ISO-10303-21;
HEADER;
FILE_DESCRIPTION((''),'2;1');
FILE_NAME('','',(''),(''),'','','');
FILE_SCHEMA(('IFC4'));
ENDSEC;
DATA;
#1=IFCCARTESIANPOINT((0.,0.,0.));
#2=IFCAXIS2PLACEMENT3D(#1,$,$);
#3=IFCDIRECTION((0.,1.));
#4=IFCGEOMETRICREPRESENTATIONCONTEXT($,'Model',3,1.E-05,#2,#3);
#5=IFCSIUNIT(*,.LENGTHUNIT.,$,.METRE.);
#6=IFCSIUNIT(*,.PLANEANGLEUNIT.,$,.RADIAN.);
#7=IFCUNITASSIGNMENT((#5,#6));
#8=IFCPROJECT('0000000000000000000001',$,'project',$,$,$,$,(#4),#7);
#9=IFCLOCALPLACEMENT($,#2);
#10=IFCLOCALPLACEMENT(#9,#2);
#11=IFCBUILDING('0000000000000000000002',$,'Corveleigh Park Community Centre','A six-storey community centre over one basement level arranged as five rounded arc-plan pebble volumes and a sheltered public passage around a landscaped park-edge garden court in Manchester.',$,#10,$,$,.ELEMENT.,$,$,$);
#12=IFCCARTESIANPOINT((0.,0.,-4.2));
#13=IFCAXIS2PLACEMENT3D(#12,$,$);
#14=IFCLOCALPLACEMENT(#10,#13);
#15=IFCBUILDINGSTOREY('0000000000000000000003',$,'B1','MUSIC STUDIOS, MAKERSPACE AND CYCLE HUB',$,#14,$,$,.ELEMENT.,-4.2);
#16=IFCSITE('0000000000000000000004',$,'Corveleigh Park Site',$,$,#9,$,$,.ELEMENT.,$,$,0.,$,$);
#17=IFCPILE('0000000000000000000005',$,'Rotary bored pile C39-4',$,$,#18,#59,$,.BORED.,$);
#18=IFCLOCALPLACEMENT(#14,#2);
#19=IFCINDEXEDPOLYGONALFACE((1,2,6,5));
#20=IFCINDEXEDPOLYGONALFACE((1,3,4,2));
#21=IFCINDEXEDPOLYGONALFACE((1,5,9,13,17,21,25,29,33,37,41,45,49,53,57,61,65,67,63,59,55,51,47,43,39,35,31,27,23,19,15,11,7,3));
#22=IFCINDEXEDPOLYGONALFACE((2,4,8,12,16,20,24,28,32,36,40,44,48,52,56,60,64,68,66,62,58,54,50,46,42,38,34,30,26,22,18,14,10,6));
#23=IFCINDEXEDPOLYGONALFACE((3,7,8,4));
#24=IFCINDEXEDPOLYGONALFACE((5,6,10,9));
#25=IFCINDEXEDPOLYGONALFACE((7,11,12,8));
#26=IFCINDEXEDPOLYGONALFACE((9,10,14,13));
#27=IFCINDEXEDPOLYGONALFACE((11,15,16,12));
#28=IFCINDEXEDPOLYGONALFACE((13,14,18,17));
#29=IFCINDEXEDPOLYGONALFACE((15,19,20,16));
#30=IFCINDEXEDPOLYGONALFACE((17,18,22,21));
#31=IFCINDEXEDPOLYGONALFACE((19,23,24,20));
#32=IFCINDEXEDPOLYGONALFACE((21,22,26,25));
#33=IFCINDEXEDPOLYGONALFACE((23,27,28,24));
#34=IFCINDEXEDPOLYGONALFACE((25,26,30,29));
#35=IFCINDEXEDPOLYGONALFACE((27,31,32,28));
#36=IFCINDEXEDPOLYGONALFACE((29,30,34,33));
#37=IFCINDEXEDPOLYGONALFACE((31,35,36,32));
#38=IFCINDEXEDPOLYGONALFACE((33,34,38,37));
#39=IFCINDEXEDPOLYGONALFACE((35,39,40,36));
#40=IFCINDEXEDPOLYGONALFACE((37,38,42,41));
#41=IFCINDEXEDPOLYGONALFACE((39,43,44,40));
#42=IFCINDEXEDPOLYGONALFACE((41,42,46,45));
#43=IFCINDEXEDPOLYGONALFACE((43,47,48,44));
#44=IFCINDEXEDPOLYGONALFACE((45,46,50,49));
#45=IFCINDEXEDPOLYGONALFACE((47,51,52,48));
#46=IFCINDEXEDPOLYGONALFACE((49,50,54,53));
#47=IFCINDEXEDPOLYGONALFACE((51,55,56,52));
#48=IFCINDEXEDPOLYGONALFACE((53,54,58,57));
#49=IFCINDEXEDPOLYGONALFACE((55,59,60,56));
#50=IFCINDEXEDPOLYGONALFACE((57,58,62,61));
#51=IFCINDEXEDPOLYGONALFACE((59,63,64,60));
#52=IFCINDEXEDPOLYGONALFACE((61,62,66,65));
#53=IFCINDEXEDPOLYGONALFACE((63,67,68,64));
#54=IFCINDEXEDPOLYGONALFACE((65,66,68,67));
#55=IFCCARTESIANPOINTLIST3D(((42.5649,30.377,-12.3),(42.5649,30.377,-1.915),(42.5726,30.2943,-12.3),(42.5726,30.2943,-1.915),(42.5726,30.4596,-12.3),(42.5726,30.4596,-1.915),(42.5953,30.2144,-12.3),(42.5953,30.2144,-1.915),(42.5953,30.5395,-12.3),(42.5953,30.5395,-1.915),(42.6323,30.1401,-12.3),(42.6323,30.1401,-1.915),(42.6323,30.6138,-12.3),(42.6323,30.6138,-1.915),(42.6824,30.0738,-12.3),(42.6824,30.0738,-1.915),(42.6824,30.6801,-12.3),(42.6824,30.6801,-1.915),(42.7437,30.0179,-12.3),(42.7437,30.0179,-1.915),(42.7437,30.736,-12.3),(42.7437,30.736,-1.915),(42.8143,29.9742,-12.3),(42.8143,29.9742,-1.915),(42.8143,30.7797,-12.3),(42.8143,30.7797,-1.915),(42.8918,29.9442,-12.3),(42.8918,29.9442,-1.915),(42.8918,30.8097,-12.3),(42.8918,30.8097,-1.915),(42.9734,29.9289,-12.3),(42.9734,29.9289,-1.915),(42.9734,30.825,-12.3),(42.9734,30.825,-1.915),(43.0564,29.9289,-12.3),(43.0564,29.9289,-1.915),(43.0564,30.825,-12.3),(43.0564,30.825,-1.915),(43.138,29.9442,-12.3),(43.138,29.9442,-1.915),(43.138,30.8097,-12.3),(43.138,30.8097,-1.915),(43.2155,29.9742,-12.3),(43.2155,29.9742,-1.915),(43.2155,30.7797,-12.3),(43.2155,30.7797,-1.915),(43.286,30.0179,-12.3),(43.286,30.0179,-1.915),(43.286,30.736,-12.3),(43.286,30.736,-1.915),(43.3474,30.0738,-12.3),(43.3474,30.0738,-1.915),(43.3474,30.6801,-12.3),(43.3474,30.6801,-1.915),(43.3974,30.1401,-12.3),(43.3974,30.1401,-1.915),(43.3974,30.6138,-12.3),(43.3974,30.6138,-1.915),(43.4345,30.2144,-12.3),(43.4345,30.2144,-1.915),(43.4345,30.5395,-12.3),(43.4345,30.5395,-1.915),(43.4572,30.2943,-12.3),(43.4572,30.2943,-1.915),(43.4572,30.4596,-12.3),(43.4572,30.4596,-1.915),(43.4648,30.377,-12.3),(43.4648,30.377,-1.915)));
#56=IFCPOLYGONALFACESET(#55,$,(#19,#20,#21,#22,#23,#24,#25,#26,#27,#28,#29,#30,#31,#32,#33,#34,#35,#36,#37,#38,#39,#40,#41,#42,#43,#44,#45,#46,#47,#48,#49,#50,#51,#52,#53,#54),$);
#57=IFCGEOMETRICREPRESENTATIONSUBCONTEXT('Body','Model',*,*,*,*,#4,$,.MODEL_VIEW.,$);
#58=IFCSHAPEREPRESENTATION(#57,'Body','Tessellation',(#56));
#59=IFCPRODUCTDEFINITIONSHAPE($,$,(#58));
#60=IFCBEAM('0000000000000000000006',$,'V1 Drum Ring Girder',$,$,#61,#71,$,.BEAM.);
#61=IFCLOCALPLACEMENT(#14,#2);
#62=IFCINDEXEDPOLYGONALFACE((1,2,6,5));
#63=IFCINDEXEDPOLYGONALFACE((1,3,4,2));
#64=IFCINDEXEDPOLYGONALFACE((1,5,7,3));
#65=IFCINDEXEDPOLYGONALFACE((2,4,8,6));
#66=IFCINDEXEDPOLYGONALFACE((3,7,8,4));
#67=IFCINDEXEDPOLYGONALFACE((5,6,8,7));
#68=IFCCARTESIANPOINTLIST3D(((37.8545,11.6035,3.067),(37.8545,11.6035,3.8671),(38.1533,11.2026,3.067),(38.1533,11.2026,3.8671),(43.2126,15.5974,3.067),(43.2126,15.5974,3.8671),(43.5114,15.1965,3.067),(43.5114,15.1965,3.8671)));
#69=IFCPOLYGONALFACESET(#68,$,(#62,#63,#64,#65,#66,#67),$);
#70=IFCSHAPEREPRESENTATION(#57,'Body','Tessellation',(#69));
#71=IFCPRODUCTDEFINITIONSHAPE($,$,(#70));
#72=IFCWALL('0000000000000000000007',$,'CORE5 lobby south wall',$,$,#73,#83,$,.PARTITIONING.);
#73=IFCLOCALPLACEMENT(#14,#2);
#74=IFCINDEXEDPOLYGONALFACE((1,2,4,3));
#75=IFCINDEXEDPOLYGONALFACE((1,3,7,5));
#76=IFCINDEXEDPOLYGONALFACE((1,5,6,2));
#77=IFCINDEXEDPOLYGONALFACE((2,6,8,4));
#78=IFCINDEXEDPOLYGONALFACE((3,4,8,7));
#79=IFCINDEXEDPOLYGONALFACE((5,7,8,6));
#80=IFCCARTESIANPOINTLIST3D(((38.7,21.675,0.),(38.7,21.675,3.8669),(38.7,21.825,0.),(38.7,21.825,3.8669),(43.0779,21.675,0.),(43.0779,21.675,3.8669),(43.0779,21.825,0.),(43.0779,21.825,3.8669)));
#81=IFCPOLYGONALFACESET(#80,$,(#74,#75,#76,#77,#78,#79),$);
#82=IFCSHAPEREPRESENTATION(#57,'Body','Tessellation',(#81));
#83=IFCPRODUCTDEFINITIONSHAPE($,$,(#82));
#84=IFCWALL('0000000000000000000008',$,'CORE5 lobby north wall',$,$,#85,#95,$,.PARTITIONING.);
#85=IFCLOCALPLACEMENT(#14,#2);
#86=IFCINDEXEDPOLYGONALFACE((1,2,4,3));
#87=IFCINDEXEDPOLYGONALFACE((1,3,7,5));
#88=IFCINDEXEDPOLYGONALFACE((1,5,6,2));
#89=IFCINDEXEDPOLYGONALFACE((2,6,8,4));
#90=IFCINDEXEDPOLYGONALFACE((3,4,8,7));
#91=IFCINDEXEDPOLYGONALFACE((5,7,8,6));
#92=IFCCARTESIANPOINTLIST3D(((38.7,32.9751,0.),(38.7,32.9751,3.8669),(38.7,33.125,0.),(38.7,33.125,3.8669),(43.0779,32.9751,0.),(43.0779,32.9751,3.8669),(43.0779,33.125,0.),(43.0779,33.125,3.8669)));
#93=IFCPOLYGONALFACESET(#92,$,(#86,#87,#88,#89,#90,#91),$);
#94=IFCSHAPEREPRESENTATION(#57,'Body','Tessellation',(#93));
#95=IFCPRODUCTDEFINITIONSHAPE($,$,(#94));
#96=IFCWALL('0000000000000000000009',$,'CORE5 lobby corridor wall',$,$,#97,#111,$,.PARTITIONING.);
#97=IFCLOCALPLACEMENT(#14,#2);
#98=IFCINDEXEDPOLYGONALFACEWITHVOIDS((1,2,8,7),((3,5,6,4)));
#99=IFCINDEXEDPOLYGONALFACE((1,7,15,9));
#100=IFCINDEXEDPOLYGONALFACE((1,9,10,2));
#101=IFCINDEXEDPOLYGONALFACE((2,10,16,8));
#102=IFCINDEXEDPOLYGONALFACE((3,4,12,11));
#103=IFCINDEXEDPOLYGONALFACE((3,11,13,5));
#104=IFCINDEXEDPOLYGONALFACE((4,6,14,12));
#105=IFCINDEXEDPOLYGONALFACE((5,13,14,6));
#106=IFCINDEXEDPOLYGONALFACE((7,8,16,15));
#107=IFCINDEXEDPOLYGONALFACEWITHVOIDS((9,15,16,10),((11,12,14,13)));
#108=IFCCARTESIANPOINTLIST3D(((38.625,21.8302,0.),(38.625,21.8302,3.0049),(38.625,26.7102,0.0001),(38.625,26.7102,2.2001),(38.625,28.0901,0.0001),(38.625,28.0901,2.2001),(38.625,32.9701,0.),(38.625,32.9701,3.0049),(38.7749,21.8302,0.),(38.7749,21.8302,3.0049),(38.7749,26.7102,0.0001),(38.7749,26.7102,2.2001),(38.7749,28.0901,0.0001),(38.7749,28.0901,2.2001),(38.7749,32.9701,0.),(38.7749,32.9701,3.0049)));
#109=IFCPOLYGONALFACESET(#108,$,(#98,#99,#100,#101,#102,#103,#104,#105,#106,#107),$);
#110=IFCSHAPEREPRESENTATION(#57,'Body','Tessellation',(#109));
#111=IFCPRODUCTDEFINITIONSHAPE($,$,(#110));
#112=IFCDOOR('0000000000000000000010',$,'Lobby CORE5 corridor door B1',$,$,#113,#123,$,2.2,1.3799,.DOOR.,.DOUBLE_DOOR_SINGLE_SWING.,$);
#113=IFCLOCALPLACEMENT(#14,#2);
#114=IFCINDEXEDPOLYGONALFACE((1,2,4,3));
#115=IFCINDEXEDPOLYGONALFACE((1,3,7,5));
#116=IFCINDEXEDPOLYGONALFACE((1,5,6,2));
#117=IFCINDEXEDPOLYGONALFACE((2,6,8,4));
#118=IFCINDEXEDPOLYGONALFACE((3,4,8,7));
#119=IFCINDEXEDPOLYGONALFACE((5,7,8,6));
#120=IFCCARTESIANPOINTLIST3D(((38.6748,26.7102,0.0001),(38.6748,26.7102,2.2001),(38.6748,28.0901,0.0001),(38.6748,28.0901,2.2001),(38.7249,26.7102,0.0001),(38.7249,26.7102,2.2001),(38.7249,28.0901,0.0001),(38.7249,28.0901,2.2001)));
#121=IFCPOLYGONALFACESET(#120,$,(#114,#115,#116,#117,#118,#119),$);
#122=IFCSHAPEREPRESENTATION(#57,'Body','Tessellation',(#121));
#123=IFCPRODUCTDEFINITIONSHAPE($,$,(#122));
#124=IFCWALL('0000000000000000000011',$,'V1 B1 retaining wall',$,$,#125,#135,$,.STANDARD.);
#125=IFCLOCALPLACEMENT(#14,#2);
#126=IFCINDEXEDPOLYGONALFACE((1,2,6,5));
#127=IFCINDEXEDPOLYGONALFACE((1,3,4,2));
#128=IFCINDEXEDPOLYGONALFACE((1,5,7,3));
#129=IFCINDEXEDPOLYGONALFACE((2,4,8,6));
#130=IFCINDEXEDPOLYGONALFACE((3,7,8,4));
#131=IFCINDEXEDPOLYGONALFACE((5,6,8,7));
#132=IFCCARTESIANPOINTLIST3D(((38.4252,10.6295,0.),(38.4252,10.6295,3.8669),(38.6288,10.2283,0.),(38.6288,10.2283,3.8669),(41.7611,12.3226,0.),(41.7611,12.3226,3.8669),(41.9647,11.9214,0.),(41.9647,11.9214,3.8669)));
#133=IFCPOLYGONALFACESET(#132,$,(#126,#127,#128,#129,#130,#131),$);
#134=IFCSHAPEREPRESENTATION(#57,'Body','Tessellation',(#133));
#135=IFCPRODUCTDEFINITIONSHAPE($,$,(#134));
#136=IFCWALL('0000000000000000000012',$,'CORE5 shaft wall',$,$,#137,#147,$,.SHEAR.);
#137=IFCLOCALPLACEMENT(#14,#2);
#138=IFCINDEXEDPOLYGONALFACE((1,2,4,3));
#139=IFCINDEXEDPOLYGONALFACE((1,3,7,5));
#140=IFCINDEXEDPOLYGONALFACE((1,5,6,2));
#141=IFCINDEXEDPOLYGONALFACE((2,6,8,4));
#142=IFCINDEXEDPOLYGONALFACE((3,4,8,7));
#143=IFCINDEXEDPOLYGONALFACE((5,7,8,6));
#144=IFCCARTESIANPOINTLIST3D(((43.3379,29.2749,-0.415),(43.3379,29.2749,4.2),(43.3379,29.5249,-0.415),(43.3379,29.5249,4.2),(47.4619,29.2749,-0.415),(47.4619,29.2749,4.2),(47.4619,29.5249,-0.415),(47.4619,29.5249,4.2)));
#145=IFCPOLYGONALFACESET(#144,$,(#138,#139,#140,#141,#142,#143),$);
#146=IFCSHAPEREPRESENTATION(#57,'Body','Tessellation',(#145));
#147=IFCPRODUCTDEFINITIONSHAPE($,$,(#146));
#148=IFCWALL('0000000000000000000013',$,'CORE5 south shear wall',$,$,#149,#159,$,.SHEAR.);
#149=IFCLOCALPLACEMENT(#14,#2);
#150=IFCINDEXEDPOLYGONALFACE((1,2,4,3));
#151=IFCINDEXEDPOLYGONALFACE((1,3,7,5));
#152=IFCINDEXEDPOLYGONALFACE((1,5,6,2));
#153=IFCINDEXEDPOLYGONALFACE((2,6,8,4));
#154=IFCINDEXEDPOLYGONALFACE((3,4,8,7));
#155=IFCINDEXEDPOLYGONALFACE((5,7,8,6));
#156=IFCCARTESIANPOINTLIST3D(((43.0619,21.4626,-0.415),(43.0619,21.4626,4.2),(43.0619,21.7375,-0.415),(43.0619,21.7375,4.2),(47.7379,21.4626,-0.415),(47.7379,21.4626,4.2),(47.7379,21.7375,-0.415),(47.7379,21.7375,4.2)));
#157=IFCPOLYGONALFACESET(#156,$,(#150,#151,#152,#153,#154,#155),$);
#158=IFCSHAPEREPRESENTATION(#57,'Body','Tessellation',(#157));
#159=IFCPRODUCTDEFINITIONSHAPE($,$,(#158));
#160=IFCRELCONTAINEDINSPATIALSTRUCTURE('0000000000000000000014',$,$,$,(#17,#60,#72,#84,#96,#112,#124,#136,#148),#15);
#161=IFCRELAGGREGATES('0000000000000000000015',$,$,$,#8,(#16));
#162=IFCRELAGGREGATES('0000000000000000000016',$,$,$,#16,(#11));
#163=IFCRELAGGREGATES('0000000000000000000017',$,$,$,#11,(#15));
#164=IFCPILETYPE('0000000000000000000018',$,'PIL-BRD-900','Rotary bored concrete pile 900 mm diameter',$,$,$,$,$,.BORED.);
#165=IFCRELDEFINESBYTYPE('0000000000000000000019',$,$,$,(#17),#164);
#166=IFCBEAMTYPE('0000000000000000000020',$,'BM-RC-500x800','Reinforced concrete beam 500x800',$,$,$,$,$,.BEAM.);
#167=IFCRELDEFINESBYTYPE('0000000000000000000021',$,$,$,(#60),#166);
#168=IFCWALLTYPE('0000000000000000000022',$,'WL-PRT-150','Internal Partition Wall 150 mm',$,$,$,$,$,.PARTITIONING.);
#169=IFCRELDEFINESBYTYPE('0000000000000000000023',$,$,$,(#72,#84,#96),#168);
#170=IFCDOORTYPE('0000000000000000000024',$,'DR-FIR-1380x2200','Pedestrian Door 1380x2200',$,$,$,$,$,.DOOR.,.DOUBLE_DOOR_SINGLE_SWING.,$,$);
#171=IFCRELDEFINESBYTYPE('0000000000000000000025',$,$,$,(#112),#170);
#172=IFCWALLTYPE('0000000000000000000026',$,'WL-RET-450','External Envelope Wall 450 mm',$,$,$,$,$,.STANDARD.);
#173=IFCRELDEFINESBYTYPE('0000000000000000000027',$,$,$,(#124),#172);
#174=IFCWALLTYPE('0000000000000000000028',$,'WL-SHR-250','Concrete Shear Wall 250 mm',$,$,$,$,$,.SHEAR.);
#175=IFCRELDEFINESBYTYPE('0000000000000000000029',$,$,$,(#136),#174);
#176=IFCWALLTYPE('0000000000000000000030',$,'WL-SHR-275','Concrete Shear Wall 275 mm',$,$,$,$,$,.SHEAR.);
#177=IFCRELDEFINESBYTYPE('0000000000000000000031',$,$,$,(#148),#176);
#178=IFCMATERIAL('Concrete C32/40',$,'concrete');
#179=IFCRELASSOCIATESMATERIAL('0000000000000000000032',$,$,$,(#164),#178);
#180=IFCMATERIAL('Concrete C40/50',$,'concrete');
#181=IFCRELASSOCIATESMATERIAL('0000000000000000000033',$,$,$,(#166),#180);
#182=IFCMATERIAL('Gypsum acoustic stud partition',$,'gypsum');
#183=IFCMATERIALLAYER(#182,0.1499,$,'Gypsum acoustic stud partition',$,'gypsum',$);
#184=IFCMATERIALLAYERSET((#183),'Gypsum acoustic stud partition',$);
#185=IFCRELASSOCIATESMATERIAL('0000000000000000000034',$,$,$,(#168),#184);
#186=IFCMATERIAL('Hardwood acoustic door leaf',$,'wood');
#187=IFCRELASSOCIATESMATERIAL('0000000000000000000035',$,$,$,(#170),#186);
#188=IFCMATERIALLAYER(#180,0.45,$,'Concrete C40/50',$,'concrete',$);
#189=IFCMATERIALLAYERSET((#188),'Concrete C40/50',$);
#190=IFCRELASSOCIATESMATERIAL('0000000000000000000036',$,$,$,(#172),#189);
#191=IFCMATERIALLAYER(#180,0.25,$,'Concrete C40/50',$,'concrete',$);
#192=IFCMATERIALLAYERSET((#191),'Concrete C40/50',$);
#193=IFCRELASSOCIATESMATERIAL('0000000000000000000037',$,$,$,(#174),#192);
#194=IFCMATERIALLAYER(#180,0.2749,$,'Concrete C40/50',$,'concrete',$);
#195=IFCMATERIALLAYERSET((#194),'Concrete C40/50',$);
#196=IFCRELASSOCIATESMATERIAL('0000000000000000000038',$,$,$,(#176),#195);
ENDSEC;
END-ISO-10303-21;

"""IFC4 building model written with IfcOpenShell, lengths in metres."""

from ifc_helpers import new_model, si_unit, direction, frame, frame_2d, origin, origin_2d, place, context, subcontext, project, spatial, rectangle, circle, extrude, material, layer, layer_set, material_profile, profile_set, type_object, element, fill, save


model = new_model("IFC4")

# Units and contexts
model_context = context("Model", 3, precision=1e-05, world=origin(), true_north=direction((0.0, 1.0)))
body_context = subcontext(model_context, "Body", "Model", "MODEL_VIEW")
ifc_project = project(units=[si_unit("LENGTHUNIT", "METRE"), si_unit("PLANEANGLEUNIT", "RADIAN")], contexts=[model_context])

# Site, building, storey
site_placement = place(None, origin())
site = spatial("IfcSite", under=ifc_project, at=site_placement, Name="Corveleigh Park Site", CompositionType="ELEMENT", RefElevation=0.0)
building_placement = place(site_placement, origin())
building = spatial("IfcBuilding", under=site, at=building_placement, Name="Corveleigh Park Community Centre", Description="A six-storey community centre over one basement level arranged as five rounded arc-plan pebble volumes and a sheltered public passage around a landscaped park-edge garden court in Manchester.", CompositionType="ELEMENT")
storey_placement = place(building_placement, frame((0.0, 0.0, -4.2)))
storey = spatial("IfcBuildingStorey", under=building, at=storey_placement, Name="B1", Description="MUSIC STUDIOS, MAKERSPACE AND CYCLE HUB", CompositionType="ELEMENT", Elevation=-4.2)

# Shared definitions
ifc_material_1 = material(Name="Concrete C40/50", Category="concrete")

# Pile
ifc_material_2 = material(Name="Concrete C32/40", Category="concrete")
ifc_material_profile_1 = material_profile(ifc_material_2, circle(Radius=0.45, at=origin_2d()), Name="BORED-PILE-900", Category="concrete")
ifc_profile_set_1 = profile_set([ifc_material_profile_1], Name="Concrete C32/40")
pile_type_1 = type_object("IfcPileType", Name="PIL-BRD-900", Description="Rotary bored concrete pile 900 mm diameter", PredefinedType="BORED", material=ifc_profile_set_1)
for number, where, z_axis, x_axis, name in (
    (1, (43.0149, 30.377, -1.915), (0.0, 0.0, -1.0), (1.0, 0.0, 0.0), "Rotary bored pile C39-4"),
):
    element("IfcPile", number, at=place(storey_placement, frame(where, z_axis=z_axis, x_axis=x_axis)), inside=storey, type_object=pile_type_1, Name=name, PredefinedType="BORED", context=body_context, shape_type="SweptSolid", body=[
        extrude(circle(Radius=0.45, at=origin_2d()), origin(), (0.0, 0.0, 1.0), 10.385),
    ])

# Beam
ifc_material_profile_2 = material_profile(ifc_material_1, rectangle(XDim=0.5, YDim=0.8, at=origin_2d()), Name="RC-500x800", Category="concrete")
ifc_profile_set_2 = profile_set([ifc_material_profile_2], Name="Concrete C40/50")
beam_type = type_object("IfcBeamType", Name="BM-RC-500x800", Description="Reinforced concrete beam 500x800", PredefinedType="BEAM", material=ifc_profile_set_2)
beam_placement = place(storey_placement, frame((38.0039, 11.4031, 3.467), z_axis=(0.801772, 0.59763, 0.0), x_axis=(-0.59763, 0.801772, 0.0)))
element("IfcBeam", 2, at=beam_placement, inside=storey, type_object=beam_type, Name="V1 Drum Ring Girder", PredefinedType="BEAM", context=body_context, shape_type="SweptSolid", body=[
    extrude(rectangle(XDim=0.5, YDim=0.8, at=origin_2d()), origin(), (0.0, 0.0, 1.0), 6.6829),
])

# Walls
ifc_material_3 = material(Name="Gypsum acoustic stud partition", Category="gypsum")
ifc_layer_1 = layer(ifc_material_3, 0.1499, Name="Gypsum acoustic stud partition", Category="gypsum")
ifc_layer_set_1 = layer_set([ifc_layer_1], Name="Gypsum acoustic stud partition")
wall_type_1 = type_object("IfcWallType", Name="WL-PRT-150", Description="Internal Partition Wall 150 mm", PredefinedType="PARTITIONING", material=ifc_layer_set_1)
for number, where, z_axis, x_axis, name in (
    (3, (38.7, 21.75, 0.0), (0.0, 0.0, 1.0), (1.0, 0.0, 0.0), "CORE5 lobby south wall"),
    (4, (43.0779, 33.05, 0.0), (0.0, 0.0, 1.0), (-1.0, 0.0, 0.0), "CORE5 lobby north wall"),
):
    element("IfcWall", number, at=place(storey_placement, frame(where, z_axis=z_axis, x_axis=x_axis)), inside=storey, type_object=wall_type_1, Name=name, PredefinedType="PARTITIONING", context=body_context, shape_type="SweptSolid", body=[
        extrude(rectangle(XDim=4.3779, YDim=0.1499, at=frame_2d((2.189, 0.0))), origin(), (0.0, 0.0, 1.0), 3.8669),
    ])

# Wall, opening, door
wall_1_placement = place(storey_placement, frame((38.7, 32.97, 0.0), z_axis=(0.0, 0.0, 1.0), x_axis=(0.0, -1.0, 0.0)))
wall_1 = element("IfcWall", 5, at=wall_1_placement, inside=storey, type_object=wall_type_1, Name="CORE5 lobby corridor wall", PredefinedType="PARTITIONING", context=body_context, shape_type="SweptSolid", body=[
    extrude(rectangle(XDim=11.1399, YDim=0.1499, at=frame_2d((5.5698, 0.0))), origin(), (0.0, 0.0, 1.0), 3.0049),
])
opening_1_placement = place(wall_1_placement, frame((4.8799, 0.0, 0.0)))
opening_1 = element("IfcOpeningElement", 6, at=opening_1_placement, cuts=wall_1, PredefinedType="OPENING", context=body_context, shape_type="SweptSolid", body=[
    extrude(rectangle(XDim=1.3799, YDim=2.2, at=frame_2d((0.6899, 1.1001))), frame((0.0, 0.085, 0.0), z_axis=(0.0, -1.0, 0.0), x_axis=(1.0, 0.0, 0.0)), (0.0, 0.0, 1.0), 0.1699),
])
ifc_material_4 = material(Name="Hardwood acoustic door leaf", Category="wood")
door_type_1 = type_object("IfcDoorType", Name="DR-FIR-1380x2200", Description="Pedestrian Door 1380x2200", OperationType="DOUBLE_DOOR_SINGLE_SWING", PredefinedType="DOOR", material=ifc_material_4)
door_1_placement = place(opening_1_placement, origin())
door_1 = element("IfcDoor", 7, at=door_1_placement, inside=storey, type_object=door_type_1, Name="Lobby CORE5 corridor door B1", OperationType="DOUBLE_DOOR_SINGLE_SWING", OverallHeight=2.2, OverallWidth=1.3799, PredefinedType="DOOR", context=body_context, shape_type="SweptSolid", body=[
    extrude(rectangle(XDim=1.3799, YDim=2.2, at=frame_2d((0.6899, 1.1001))), frame((0.0, 0.0249, 0.0), z_axis=(0.0, -1.0, 0.0), x_axis=(1.0, 0.0, 0.0)), (0.0, 0.0, 1.0), 0.05),
])
fill(opening_1, door_1)

# Walls
ifc_layer_2 = layer(ifc_material_1, 0.45, Name="Concrete C40/50", Category="concrete")
ifc_layer_set_2 = layer_set([ifc_layer_2], Name="Concrete C40/50")
wall_type_2 = type_object("IfcWallType", Name="WL-RET-450", Description="External Envelope Wall 450 mm", PredefinedType="STANDARD", material=ifc_layer_set_2)
wall_2_placement = place(storey_placement, frame((41.863, 12.1221, 0.0), z_axis=(0.0, 0.0, 1.0), x_axis=(-0.891722, -0.452583, 0.0)))
element("IfcWall", 8, at=wall_2_placement, inside=storey, type_object=wall_type_2, Name="V1 B1 retaining wall", PredefinedType="STANDARD", context=body_context, shape_type="SweptSolid", body=[
    extrude(rectangle(XDim=3.741, YDim=0.45, at=frame_2d((1.8706, 0.0))), origin(), (0.0, 0.0, 1.0), 3.8669),
])
ifc_layer_3 = layer(ifc_material_1, 0.25, Name="Concrete C40/50", Category="concrete")
ifc_layer_set_3 = layer_set([ifc_layer_3], Name="Concrete C40/50")
wall_type_3 = type_object("IfcWallType", Name="WL-SHR-250", Description="Concrete Shear Wall 250 mm", PredefinedType="SHEAR", material=ifc_layer_set_3)
wall_3_placement = place(storey_placement, frame((43.3379, 29.3999, -0.415), z_axis=(0.0, 0.0, 1.0), x_axis=(1.0, 0.0, 0.0)))
element("IfcWall", 9, at=wall_3_placement, inside=storey, type_object=wall_type_3, Name="CORE5 shaft wall", PredefinedType="SHEAR", context=body_context, shape_type="SweptSolid", body=[
    extrude(rectangle(XDim=4.124, YDim=0.25, at=frame_2d((2.062, 0.0))), origin(), (0.0, 0.0, 1.0), 4.615),
])
ifc_layer_4 = layer(ifc_material_1, 0.2749, Name="Concrete C40/50", Category="concrete")
ifc_layer_set_4 = layer_set([ifc_layer_4], Name="Concrete C40/50")
wall_type_4 = type_object("IfcWallType", Name="WL-SHR-275", Description="Concrete Shear Wall 275 mm", PredefinedType="SHEAR", material=ifc_layer_set_4)
wall_4_placement = place(storey_placement, frame((43.062, 21.6001, -0.415), z_axis=(0.0, 0.0, 1.0), x_axis=(1.0, 0.0, 0.0)))
element("IfcWall", 10, at=wall_4_placement, inside=storey, type_object=wall_type_4, Name="CORE5 south shear wall", PredefinedType="SHEAR", context=body_context, shape_type="SweptSolid", body=[
    extrude(rectangle(XDim=4.676, YDim=0.2749, at=frame_2d((2.3379, 0.0))), origin(), (0.0, 0.0, 1.0), 4.615),
])

save(model, "model.ifc")
